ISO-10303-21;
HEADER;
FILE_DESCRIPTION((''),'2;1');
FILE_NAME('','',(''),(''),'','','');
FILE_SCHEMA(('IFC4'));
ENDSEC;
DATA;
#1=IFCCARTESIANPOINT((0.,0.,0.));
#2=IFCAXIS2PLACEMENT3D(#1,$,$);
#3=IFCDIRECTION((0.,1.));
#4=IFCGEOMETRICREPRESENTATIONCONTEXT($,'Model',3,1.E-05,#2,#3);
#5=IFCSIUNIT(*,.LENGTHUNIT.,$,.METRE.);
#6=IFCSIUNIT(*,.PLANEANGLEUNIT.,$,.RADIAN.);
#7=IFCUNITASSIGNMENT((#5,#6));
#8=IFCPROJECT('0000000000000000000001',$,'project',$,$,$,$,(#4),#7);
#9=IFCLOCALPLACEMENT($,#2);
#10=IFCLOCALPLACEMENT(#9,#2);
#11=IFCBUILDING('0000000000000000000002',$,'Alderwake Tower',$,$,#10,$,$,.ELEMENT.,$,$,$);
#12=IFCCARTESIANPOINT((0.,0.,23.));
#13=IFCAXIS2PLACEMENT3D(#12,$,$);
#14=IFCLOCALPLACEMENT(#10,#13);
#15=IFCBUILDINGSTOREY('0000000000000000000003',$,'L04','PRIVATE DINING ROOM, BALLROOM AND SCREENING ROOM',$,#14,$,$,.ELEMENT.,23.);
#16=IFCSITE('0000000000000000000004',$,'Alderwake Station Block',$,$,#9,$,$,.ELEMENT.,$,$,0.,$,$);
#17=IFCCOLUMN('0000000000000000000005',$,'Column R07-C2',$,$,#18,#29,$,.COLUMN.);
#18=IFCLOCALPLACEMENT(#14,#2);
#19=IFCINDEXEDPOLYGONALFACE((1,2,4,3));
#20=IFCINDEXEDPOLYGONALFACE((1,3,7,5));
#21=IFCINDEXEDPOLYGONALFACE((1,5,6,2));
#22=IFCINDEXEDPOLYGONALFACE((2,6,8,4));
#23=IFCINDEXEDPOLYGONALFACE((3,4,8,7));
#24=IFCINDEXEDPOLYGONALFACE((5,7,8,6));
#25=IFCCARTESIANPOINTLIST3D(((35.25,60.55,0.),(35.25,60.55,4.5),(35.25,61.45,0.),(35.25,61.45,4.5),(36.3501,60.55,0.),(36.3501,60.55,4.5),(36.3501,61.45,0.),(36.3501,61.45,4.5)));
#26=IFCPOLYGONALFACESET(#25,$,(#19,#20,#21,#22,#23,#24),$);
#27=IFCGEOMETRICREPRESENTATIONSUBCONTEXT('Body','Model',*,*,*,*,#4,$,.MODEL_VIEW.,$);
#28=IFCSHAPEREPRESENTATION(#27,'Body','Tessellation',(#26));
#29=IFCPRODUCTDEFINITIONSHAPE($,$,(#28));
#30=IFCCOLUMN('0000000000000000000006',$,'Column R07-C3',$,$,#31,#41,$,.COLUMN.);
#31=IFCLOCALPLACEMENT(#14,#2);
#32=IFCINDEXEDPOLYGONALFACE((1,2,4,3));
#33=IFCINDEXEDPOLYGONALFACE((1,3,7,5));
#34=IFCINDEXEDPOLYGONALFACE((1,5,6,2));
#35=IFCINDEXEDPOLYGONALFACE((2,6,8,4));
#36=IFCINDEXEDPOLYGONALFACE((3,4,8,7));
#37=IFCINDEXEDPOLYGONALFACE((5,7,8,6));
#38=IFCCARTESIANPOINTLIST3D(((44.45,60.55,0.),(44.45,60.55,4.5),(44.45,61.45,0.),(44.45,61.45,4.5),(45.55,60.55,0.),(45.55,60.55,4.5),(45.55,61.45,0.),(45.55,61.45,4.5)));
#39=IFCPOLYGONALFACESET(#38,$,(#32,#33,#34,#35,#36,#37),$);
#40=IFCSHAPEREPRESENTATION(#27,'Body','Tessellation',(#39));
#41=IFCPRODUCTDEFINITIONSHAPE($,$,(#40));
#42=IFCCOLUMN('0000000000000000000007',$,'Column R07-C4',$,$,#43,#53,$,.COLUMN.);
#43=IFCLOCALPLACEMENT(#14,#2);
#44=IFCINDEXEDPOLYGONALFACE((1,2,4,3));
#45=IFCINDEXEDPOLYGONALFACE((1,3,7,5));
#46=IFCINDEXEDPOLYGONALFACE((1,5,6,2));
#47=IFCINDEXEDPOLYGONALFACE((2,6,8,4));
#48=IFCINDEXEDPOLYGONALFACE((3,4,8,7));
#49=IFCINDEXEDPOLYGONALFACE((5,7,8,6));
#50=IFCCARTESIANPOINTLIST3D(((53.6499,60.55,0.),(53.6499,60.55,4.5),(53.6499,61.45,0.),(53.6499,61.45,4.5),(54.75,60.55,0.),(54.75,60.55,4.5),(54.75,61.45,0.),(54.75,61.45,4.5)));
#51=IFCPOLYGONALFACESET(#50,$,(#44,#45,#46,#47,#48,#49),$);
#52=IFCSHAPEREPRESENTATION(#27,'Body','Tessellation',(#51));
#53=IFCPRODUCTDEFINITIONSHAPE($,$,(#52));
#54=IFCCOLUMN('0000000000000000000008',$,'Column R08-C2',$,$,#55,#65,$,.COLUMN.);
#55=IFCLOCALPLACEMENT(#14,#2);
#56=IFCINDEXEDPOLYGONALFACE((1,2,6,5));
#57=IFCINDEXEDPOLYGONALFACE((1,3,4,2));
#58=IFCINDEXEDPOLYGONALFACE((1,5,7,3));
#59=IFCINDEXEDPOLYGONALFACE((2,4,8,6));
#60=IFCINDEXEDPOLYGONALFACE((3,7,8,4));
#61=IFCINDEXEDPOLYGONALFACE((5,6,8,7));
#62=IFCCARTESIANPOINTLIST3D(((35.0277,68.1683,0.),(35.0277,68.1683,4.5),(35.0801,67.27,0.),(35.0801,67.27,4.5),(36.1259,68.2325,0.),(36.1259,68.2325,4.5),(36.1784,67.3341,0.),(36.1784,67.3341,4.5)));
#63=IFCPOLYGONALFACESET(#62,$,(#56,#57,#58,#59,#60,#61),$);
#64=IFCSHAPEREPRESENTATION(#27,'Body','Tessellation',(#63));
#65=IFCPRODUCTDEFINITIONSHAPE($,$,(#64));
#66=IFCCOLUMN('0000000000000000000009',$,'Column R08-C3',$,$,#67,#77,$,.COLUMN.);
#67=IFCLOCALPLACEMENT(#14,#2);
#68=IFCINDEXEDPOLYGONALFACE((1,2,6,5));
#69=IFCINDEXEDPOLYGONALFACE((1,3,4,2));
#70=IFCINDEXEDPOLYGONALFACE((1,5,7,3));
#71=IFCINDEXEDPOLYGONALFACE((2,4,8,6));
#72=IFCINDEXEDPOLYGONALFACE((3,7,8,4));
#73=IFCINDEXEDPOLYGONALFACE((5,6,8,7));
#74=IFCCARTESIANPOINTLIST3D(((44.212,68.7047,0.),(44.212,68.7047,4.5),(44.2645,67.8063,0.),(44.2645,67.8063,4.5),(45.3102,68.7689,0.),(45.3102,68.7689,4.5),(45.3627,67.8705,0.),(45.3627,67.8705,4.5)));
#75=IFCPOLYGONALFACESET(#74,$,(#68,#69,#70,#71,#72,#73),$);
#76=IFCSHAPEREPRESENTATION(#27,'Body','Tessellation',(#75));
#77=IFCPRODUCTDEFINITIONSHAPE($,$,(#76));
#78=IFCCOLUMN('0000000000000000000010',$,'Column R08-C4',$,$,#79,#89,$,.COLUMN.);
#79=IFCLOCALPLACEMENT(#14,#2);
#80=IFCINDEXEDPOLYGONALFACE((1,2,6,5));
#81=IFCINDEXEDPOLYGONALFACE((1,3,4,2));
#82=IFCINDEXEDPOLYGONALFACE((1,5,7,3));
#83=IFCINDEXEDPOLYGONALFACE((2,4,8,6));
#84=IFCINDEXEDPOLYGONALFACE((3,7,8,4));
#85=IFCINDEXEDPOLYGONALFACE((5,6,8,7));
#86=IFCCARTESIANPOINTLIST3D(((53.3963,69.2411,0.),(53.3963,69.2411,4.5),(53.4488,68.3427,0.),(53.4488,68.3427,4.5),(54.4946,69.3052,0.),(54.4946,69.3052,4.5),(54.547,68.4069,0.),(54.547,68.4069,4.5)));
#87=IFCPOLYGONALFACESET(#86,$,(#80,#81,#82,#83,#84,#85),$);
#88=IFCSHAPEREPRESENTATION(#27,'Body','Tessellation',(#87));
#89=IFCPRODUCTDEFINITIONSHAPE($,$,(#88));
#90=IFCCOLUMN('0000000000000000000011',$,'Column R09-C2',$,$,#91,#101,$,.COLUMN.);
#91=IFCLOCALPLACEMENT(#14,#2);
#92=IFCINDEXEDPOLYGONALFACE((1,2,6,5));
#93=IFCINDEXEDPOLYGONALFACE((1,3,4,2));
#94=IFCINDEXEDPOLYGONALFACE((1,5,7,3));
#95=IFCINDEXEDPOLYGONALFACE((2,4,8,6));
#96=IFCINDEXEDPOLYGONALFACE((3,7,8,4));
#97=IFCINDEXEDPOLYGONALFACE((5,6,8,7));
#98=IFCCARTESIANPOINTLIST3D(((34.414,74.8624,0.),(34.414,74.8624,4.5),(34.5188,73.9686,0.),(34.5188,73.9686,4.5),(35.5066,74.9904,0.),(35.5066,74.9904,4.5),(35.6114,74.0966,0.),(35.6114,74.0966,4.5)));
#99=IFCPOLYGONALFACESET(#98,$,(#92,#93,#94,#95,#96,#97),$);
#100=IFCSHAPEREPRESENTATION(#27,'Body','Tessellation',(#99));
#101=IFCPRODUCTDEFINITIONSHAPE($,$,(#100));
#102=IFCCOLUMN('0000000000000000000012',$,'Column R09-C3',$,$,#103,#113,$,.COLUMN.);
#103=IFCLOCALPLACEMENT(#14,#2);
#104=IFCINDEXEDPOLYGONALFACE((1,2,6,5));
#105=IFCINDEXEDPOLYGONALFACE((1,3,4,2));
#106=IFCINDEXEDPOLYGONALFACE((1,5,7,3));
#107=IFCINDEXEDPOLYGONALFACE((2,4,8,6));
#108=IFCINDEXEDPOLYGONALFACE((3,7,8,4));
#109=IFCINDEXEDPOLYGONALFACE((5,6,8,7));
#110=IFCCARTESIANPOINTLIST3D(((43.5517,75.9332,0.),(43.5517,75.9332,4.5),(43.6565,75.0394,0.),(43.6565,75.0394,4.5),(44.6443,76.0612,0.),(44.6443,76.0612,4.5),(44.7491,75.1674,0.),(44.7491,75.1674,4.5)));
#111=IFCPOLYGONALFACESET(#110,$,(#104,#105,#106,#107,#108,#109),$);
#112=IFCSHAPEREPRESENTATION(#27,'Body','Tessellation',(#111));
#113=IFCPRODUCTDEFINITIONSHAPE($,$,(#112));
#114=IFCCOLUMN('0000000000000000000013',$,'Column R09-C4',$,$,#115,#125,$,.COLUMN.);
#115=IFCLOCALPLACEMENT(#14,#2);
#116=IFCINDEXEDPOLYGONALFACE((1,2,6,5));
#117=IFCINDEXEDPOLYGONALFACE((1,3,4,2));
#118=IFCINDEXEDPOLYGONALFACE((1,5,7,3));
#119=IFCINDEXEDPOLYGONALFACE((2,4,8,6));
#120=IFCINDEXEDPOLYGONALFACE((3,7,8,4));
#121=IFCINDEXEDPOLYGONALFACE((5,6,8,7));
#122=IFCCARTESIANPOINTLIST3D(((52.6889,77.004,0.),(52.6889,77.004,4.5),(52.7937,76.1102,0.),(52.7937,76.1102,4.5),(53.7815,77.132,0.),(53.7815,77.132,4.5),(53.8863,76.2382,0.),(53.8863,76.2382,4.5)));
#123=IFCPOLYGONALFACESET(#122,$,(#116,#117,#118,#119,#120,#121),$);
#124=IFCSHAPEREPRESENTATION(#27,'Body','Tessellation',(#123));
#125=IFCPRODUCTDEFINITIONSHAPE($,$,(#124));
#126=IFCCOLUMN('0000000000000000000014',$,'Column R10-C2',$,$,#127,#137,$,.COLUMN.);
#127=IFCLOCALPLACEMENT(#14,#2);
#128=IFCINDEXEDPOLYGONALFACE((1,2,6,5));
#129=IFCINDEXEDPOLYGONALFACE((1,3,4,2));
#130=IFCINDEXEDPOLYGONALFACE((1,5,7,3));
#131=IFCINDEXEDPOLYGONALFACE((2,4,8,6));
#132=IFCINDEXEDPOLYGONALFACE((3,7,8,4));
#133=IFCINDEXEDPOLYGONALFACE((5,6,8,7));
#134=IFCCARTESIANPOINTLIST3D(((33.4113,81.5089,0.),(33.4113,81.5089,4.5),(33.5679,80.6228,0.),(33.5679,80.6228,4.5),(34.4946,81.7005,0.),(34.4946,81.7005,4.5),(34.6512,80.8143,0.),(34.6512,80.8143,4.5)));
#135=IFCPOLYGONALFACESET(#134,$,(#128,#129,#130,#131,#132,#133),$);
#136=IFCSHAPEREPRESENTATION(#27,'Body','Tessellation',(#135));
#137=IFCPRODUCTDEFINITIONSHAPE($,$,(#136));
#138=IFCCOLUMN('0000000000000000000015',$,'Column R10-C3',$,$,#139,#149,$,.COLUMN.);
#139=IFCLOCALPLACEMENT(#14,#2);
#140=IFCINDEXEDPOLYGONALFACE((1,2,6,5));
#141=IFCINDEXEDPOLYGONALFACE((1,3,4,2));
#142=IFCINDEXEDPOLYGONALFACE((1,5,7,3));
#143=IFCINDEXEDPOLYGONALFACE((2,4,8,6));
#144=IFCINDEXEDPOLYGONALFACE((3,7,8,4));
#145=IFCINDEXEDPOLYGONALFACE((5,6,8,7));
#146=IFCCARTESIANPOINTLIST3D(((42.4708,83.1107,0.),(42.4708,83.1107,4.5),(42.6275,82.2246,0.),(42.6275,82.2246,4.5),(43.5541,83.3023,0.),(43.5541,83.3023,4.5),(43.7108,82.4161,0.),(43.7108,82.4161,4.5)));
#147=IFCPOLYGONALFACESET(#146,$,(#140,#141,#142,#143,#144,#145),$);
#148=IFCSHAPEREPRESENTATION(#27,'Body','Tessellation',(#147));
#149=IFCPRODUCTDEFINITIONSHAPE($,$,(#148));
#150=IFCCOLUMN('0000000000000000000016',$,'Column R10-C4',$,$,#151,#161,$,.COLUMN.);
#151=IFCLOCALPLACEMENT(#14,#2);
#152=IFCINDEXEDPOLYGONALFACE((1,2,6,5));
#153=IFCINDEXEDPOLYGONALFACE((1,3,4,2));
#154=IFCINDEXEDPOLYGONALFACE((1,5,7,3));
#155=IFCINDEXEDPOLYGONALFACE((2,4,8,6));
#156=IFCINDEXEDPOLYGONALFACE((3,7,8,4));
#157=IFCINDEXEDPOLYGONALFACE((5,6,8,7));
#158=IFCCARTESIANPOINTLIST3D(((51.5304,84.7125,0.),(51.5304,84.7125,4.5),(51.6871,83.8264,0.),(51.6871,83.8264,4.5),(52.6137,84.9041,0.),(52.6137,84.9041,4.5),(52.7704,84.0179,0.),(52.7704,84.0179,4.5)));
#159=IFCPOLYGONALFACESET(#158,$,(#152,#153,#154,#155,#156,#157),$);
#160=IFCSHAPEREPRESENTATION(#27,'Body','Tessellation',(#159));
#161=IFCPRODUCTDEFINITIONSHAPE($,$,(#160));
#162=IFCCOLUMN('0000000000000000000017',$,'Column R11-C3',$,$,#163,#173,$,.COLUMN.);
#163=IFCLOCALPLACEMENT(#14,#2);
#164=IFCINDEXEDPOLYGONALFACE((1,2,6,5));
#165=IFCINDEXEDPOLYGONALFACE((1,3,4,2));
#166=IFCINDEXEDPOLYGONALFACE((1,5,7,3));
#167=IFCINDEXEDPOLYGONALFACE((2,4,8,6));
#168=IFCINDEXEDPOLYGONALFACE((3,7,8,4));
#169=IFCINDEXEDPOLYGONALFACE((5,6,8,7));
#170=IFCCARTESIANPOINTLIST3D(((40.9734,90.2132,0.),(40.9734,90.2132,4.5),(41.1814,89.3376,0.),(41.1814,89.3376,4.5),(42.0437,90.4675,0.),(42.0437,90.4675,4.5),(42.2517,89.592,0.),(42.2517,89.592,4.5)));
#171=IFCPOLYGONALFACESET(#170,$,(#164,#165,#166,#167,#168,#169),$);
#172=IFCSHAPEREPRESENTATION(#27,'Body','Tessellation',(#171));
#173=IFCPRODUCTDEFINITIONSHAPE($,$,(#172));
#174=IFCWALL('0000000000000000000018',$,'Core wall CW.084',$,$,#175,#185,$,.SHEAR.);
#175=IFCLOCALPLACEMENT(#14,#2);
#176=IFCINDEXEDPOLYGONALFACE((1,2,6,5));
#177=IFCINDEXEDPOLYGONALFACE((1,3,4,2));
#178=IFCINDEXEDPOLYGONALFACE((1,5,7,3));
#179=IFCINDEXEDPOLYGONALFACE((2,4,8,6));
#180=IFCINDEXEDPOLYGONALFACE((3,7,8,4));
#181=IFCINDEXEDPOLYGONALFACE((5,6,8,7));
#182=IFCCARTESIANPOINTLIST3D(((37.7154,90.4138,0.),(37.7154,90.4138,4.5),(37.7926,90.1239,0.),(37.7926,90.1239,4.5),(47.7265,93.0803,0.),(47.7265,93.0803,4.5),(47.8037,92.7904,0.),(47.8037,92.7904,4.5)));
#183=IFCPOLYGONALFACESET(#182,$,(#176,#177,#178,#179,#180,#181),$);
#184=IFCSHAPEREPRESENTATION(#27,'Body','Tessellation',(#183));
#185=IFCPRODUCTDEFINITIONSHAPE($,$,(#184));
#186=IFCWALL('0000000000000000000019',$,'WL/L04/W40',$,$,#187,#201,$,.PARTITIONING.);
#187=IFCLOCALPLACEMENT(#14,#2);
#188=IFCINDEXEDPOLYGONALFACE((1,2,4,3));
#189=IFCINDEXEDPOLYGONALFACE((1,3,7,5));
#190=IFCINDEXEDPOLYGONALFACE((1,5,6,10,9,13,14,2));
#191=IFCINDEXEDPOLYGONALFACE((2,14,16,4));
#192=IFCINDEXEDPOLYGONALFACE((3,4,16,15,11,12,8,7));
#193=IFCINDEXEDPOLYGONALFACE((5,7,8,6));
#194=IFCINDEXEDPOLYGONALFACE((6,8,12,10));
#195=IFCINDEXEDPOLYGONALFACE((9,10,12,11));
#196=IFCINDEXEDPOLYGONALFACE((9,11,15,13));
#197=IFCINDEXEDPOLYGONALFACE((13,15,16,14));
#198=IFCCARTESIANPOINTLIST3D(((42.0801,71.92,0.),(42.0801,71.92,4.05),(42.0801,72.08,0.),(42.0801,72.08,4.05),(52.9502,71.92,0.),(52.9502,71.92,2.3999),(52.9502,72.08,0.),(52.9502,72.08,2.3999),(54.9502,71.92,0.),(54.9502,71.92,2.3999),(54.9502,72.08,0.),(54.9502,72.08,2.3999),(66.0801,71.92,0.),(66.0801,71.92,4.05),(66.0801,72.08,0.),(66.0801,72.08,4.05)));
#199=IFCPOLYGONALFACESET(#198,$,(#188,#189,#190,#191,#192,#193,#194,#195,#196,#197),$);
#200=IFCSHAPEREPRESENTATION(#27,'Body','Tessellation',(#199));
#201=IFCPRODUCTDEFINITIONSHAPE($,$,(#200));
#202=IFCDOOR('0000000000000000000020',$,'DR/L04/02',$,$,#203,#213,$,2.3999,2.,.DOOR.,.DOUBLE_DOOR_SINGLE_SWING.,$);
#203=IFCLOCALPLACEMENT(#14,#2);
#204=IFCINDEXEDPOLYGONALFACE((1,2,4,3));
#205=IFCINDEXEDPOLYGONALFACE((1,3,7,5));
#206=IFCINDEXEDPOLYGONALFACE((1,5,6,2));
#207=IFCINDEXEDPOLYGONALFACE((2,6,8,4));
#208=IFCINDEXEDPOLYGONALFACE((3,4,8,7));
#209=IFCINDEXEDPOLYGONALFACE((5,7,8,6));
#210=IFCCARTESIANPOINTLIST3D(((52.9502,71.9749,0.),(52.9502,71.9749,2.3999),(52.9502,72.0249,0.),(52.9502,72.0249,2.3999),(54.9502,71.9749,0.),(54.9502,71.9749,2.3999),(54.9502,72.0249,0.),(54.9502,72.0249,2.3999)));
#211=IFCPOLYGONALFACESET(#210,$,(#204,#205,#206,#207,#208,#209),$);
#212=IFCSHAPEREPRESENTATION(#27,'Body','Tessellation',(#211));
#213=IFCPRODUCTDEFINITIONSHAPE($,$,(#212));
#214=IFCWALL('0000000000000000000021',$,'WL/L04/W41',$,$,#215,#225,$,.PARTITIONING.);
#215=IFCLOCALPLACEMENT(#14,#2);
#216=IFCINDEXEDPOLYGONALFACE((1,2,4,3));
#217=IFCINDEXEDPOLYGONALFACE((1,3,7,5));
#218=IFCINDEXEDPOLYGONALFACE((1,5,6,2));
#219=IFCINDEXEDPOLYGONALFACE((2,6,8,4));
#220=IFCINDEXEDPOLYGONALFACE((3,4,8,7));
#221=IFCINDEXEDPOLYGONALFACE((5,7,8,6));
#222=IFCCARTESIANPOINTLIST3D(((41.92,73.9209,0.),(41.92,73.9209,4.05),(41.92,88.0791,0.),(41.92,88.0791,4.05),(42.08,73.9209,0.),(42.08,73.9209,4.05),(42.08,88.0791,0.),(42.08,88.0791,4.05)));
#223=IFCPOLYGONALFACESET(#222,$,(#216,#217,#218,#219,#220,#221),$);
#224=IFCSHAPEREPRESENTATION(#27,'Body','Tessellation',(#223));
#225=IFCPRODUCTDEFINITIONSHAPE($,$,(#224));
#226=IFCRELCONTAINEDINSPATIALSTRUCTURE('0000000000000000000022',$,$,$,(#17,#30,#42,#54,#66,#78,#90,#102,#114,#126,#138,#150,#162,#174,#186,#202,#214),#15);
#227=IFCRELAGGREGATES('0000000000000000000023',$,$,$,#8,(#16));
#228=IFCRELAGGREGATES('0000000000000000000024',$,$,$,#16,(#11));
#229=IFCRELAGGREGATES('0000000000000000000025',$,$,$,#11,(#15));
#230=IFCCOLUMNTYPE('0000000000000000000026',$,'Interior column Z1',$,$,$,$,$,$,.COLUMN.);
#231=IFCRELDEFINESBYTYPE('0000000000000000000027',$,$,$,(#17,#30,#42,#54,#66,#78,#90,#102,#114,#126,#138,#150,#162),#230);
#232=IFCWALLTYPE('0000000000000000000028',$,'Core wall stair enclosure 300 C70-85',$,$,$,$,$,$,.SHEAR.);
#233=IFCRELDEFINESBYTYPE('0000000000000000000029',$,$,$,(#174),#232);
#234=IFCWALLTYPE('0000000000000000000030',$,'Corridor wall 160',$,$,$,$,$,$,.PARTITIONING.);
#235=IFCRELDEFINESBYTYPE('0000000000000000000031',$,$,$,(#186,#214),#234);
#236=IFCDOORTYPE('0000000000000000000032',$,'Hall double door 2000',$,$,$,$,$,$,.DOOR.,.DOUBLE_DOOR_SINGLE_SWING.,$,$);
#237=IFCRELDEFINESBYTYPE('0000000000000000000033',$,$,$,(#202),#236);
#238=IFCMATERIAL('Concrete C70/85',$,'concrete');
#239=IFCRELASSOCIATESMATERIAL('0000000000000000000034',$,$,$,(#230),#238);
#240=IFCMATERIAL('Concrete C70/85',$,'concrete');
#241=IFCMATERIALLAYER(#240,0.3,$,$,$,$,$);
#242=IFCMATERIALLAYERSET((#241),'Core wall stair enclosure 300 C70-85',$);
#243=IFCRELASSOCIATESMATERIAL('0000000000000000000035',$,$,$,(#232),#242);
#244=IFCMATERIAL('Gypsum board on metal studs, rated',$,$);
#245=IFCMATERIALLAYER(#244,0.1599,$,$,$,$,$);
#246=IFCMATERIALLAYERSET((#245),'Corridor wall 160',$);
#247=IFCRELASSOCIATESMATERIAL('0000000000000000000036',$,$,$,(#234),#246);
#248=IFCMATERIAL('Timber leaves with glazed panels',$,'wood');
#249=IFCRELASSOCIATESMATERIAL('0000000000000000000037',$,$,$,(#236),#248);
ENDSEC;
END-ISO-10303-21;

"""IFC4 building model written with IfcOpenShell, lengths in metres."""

from ifc_helpers import new_model, si_unit, direction, frame, frame_2d, origin, origin_2d, place, context, subcontext, project, spatial, rectangle, extrude, material, layer, layer_set, material_profile, profile_set, type_object, element, fill, save


model = new_model("IFC4")

# Units and contexts
model_context = context("Model", 3, precision=1e-05, world=origin(), true_north=direction((0.0, 1.0)))
body_context = subcontext(model_context, "Body", "Model", "MODEL_VIEW")
ifc_project = project(units=[si_unit("LENGTHUNIT", "METRE"), si_unit("PLANEANGLEUNIT", "RADIAN")], contexts=[model_context])

# Site, building, storey
site_placement = place(None, origin())
site = spatial("IfcSite", under=ifc_project, at=site_placement, Name="Alderwake Station Block", CompositionType="ELEMENT", RefElevation=0.0)
building_placement = place(site_placement, origin())
building = spatial("IfcBuilding", under=site, at=building_placement, Name="Alderwake Tower", CompositionType="ELEMENT")
storey_placement = place(building_placement, frame((0.0, 0.0, 23.0)))
storey = spatial("IfcBuildingStorey", under=building, at=storey_placement, Name="L04", Description="PRIVATE DINING ROOM, BALLROOM AND SCREENING ROOM", CompositionType="ELEMENT", Elevation=23.0)

# Columns
ifc_material_1 = material(Name="Concrete C70/85", Category="concrete")
ifc_material_profile = material_profile(ifc_material_1, rectangle(XDim=0.8999, YDim=1.1001, at=origin_2d()), Name="RC 1100X900")
ifc_profile_set = profile_set([ifc_material_profile], Name="Concrete C70/85")
column_type = type_object("IfcColumnType", Name="Interior column Z1", PredefinedType="COLUMN", material=ifc_profile_set)
for number, where, z_axis, x_axis, name in (
    (1, (35.8, 61.0, 0.0), (0.0, 0.0, 1.0), (0.0, 1.0, 0.0), "Column R07-C2"),
    (2, (45.0, 61.0, 0.0), (0.0, 0.0, 1.0), (0.0, 1.0, 0.0), "Column R07-C3"),
    (3, (54.2, 61.0, 0.0), (0.0, 0.0, 1.0), (0.0, 1.0, 0.0), "Column R07-C4"),
    (4, (35.603, 67.7512, 0.0), (0.0, 0.0, 1.0), (-0.058301, 0.998299, 0.0), "Column R08-C2"),
    (5, (44.7874, 68.2876, 0.0), (0.0, 0.0, 1.0), (-0.058299, 0.998299, 0.0), "Column R08-C3"),
    (6, (53.9717, 68.824, 0.0), (0.0, 0.0, 1.0), (-0.058301, 0.998299, 0.0), "Column R08-C4"),
    (7, (35.0127, 74.4795, 0.0), (0.0, 0.0, 1.0), (-0.116402, 0.993202, 0.0), "Column R09-C2"),
    (8, (44.1504, 75.5503, 0.0), (0.0, 0.0, 1.0), (-0.116402, 0.993202, 0.0), "Column R09-C3"),
    (9, (53.2876, 76.6211, 0.0), (0.0, 0.0, 1.0), (-0.116402, 0.993202, 0.0), "Column R09-C4"),
    (10, (34.0312, 81.1616, 0.0), (0.0, 0.0, 1.0), (-0.174109, 0.984726, 0.0), "Column R10-C2"),
    (11, (43.0908, 82.7634, 0.0), (0.0, 0.0, 1.0), (-0.174109, 0.984726, 0.0), "Column R10-C3"),
    (12, (52.1504, 84.3652, 0.0), (0.0, 0.0, 1.0), (-0.174109, 0.984726, 0.0), "Column R10-C4"),
    (13, (41.6125, 89.9026, 0.0), (0.0, 0.0, 1.0), (-0.231222, 0.972901, 0.0), "Column R11-C3"),
):
    element("IfcColumn", number, at=place(storey_placement, frame(where, z_axis=z_axis, x_axis=x_axis)), inside=storey, type_object=column_type, Name=name, PredefinedType="COLUMN", context=body_context, shape_type="SweptSolid", body=[
        extrude(rectangle(XDim=0.8999, YDim=1.1001, at=origin_2d()), origin(), (0.0, 0.0, 1.0), 4.5),
    ])

# Wall
ifc_material_2 = material(Name="Concrete C70/85", Category="concrete")
ifc_layer_1 = layer(ifc_material_2, 0.3)
ifc_layer_set_1 = layer_set([ifc_layer_1], Name="Core wall stair enclosure 300 C70-85")
wall_type_1 = type_object("IfcWallType", Name="Core wall stair enclosure 300 C70-85", PredefinedType="SHEAR", material=ifc_layer_set_1)
wall_1_placement = place(storey_placement, frame((37.7539, 90.2688, 0.0), z_axis=(0.0, 0.0, 1.0), x_axis=(0.966309, 0.257384, 0.0)))
element("IfcWall", 14, at=wall_1_placement, inside=storey, type_object=wall_type_1, Name="Core wall CW.084", PredefinedType="SHEAR", context=body_context, shape_type="SweptSolid", body=[
    extrude(rectangle(XDim=10.3601, YDim=0.3, at=frame_2d((5.1802, 0.0))), origin(), (0.0, 0.0, 1.0), 4.5),
])

# Wall, opening, door
ifc_material_3 = material(Name="Gypsum board on metal studs, rated")
ifc_layer_2 = layer(ifc_material_3, 0.1599)
ifc_layer_set_2 = layer_set([ifc_layer_2], Name="Corridor wall 160")
wall_type_2 = type_object("IfcWallType", Name="Corridor wall 160", PredefinedType="PARTITIONING", material=ifc_layer_set_2)
wall_2_placement = place(storey_placement, frame((42.0801, 72.0, 0.0), z_axis=(0.0, 0.0, 1.0), x_axis=(1.0, 0.0, 0.0)))
wall_2 = element("IfcWall", 15, at=wall_2_placement, inside=storey, type_object=wall_type_2, Name="WL/L04/W40", PredefinedType="PARTITIONING", context=body_context, shape_type="SweptSolid", body=[
    extrude(rectangle(XDim=24.0, YDim=0.1599, at=frame_2d((12.0, 0.0))), origin(), (0.0, 0.0, 1.0), 4.05),
])
opening_placement = place(wall_2_placement, frame((10.8701, 0.0, 0.0)))
opening = element("IfcOpeningElement", 16, at=opening_placement, cuts=wall_2, PredefinedType="OPENING", context=body_context, shape_type="SweptSolid", body=[
    extrude(rectangle(XDim=2.0, YDim=2.3999, at=frame_2d((1.0, 1.2))), frame((0.0, 0.0898, 0.0), z_axis=(0.0, -1.0, 0.0), x_axis=(1.0, 0.0, 0.0)), (0.0, 0.0, 1.0), 0.1799),
])
ifc_material_4 = material(Name="Timber leaves with glazed panels", Category="wood")
door_type = type_object("IfcDoorType", Name="Hall double door 2000", OperationType="DOUBLE_DOOR_SINGLE_SWING", PredefinedType="DOOR", material=ifc_material_4)
door_placement = place(opening_placement, origin())
door = element("IfcDoor", 17, at=door_placement, inside=storey, type_object=door_type, Name="DR/L04/02", OperationType="DOUBLE_DOOR_SINGLE_SWING", OverallHeight=2.3999, OverallWidth=2.0, PredefinedType="DOOR", context=body_context, shape_type="SweptSolid", body=[
    extrude(rectangle(XDim=2.0, YDim=2.3999, at=frame_2d((1.0, 1.2))), frame((0.0, 0.0249, 0.0), z_axis=(0.0, -1.0, 0.0), x_axis=(1.0, 0.0, 0.0)), (0.0, 0.0, 1.0), 0.05),
])
fill(opening, door)

# Wall
wall_3_placement = place(storey_placement, frame((42.0, 73.9209, 0.0), z_axis=(0.0, 0.0, 1.0), x_axis=(0.0, 1.0, 0.0)))
element("IfcWall", 18, at=wall_3_placement, inside=storey, type_object=wall_type_2, Name="WL/L04/W41", PredefinedType="PARTITIONING", context=body_context, shape_type="SweptSolid", body=[
    extrude(rectangle(XDim=14.1582, YDim=0.1599, at=frame_2d((7.0791, 0.0))), origin(), (0.0, 0.0, 1.0), 4.05),
])

save(model, "model.ifc")
